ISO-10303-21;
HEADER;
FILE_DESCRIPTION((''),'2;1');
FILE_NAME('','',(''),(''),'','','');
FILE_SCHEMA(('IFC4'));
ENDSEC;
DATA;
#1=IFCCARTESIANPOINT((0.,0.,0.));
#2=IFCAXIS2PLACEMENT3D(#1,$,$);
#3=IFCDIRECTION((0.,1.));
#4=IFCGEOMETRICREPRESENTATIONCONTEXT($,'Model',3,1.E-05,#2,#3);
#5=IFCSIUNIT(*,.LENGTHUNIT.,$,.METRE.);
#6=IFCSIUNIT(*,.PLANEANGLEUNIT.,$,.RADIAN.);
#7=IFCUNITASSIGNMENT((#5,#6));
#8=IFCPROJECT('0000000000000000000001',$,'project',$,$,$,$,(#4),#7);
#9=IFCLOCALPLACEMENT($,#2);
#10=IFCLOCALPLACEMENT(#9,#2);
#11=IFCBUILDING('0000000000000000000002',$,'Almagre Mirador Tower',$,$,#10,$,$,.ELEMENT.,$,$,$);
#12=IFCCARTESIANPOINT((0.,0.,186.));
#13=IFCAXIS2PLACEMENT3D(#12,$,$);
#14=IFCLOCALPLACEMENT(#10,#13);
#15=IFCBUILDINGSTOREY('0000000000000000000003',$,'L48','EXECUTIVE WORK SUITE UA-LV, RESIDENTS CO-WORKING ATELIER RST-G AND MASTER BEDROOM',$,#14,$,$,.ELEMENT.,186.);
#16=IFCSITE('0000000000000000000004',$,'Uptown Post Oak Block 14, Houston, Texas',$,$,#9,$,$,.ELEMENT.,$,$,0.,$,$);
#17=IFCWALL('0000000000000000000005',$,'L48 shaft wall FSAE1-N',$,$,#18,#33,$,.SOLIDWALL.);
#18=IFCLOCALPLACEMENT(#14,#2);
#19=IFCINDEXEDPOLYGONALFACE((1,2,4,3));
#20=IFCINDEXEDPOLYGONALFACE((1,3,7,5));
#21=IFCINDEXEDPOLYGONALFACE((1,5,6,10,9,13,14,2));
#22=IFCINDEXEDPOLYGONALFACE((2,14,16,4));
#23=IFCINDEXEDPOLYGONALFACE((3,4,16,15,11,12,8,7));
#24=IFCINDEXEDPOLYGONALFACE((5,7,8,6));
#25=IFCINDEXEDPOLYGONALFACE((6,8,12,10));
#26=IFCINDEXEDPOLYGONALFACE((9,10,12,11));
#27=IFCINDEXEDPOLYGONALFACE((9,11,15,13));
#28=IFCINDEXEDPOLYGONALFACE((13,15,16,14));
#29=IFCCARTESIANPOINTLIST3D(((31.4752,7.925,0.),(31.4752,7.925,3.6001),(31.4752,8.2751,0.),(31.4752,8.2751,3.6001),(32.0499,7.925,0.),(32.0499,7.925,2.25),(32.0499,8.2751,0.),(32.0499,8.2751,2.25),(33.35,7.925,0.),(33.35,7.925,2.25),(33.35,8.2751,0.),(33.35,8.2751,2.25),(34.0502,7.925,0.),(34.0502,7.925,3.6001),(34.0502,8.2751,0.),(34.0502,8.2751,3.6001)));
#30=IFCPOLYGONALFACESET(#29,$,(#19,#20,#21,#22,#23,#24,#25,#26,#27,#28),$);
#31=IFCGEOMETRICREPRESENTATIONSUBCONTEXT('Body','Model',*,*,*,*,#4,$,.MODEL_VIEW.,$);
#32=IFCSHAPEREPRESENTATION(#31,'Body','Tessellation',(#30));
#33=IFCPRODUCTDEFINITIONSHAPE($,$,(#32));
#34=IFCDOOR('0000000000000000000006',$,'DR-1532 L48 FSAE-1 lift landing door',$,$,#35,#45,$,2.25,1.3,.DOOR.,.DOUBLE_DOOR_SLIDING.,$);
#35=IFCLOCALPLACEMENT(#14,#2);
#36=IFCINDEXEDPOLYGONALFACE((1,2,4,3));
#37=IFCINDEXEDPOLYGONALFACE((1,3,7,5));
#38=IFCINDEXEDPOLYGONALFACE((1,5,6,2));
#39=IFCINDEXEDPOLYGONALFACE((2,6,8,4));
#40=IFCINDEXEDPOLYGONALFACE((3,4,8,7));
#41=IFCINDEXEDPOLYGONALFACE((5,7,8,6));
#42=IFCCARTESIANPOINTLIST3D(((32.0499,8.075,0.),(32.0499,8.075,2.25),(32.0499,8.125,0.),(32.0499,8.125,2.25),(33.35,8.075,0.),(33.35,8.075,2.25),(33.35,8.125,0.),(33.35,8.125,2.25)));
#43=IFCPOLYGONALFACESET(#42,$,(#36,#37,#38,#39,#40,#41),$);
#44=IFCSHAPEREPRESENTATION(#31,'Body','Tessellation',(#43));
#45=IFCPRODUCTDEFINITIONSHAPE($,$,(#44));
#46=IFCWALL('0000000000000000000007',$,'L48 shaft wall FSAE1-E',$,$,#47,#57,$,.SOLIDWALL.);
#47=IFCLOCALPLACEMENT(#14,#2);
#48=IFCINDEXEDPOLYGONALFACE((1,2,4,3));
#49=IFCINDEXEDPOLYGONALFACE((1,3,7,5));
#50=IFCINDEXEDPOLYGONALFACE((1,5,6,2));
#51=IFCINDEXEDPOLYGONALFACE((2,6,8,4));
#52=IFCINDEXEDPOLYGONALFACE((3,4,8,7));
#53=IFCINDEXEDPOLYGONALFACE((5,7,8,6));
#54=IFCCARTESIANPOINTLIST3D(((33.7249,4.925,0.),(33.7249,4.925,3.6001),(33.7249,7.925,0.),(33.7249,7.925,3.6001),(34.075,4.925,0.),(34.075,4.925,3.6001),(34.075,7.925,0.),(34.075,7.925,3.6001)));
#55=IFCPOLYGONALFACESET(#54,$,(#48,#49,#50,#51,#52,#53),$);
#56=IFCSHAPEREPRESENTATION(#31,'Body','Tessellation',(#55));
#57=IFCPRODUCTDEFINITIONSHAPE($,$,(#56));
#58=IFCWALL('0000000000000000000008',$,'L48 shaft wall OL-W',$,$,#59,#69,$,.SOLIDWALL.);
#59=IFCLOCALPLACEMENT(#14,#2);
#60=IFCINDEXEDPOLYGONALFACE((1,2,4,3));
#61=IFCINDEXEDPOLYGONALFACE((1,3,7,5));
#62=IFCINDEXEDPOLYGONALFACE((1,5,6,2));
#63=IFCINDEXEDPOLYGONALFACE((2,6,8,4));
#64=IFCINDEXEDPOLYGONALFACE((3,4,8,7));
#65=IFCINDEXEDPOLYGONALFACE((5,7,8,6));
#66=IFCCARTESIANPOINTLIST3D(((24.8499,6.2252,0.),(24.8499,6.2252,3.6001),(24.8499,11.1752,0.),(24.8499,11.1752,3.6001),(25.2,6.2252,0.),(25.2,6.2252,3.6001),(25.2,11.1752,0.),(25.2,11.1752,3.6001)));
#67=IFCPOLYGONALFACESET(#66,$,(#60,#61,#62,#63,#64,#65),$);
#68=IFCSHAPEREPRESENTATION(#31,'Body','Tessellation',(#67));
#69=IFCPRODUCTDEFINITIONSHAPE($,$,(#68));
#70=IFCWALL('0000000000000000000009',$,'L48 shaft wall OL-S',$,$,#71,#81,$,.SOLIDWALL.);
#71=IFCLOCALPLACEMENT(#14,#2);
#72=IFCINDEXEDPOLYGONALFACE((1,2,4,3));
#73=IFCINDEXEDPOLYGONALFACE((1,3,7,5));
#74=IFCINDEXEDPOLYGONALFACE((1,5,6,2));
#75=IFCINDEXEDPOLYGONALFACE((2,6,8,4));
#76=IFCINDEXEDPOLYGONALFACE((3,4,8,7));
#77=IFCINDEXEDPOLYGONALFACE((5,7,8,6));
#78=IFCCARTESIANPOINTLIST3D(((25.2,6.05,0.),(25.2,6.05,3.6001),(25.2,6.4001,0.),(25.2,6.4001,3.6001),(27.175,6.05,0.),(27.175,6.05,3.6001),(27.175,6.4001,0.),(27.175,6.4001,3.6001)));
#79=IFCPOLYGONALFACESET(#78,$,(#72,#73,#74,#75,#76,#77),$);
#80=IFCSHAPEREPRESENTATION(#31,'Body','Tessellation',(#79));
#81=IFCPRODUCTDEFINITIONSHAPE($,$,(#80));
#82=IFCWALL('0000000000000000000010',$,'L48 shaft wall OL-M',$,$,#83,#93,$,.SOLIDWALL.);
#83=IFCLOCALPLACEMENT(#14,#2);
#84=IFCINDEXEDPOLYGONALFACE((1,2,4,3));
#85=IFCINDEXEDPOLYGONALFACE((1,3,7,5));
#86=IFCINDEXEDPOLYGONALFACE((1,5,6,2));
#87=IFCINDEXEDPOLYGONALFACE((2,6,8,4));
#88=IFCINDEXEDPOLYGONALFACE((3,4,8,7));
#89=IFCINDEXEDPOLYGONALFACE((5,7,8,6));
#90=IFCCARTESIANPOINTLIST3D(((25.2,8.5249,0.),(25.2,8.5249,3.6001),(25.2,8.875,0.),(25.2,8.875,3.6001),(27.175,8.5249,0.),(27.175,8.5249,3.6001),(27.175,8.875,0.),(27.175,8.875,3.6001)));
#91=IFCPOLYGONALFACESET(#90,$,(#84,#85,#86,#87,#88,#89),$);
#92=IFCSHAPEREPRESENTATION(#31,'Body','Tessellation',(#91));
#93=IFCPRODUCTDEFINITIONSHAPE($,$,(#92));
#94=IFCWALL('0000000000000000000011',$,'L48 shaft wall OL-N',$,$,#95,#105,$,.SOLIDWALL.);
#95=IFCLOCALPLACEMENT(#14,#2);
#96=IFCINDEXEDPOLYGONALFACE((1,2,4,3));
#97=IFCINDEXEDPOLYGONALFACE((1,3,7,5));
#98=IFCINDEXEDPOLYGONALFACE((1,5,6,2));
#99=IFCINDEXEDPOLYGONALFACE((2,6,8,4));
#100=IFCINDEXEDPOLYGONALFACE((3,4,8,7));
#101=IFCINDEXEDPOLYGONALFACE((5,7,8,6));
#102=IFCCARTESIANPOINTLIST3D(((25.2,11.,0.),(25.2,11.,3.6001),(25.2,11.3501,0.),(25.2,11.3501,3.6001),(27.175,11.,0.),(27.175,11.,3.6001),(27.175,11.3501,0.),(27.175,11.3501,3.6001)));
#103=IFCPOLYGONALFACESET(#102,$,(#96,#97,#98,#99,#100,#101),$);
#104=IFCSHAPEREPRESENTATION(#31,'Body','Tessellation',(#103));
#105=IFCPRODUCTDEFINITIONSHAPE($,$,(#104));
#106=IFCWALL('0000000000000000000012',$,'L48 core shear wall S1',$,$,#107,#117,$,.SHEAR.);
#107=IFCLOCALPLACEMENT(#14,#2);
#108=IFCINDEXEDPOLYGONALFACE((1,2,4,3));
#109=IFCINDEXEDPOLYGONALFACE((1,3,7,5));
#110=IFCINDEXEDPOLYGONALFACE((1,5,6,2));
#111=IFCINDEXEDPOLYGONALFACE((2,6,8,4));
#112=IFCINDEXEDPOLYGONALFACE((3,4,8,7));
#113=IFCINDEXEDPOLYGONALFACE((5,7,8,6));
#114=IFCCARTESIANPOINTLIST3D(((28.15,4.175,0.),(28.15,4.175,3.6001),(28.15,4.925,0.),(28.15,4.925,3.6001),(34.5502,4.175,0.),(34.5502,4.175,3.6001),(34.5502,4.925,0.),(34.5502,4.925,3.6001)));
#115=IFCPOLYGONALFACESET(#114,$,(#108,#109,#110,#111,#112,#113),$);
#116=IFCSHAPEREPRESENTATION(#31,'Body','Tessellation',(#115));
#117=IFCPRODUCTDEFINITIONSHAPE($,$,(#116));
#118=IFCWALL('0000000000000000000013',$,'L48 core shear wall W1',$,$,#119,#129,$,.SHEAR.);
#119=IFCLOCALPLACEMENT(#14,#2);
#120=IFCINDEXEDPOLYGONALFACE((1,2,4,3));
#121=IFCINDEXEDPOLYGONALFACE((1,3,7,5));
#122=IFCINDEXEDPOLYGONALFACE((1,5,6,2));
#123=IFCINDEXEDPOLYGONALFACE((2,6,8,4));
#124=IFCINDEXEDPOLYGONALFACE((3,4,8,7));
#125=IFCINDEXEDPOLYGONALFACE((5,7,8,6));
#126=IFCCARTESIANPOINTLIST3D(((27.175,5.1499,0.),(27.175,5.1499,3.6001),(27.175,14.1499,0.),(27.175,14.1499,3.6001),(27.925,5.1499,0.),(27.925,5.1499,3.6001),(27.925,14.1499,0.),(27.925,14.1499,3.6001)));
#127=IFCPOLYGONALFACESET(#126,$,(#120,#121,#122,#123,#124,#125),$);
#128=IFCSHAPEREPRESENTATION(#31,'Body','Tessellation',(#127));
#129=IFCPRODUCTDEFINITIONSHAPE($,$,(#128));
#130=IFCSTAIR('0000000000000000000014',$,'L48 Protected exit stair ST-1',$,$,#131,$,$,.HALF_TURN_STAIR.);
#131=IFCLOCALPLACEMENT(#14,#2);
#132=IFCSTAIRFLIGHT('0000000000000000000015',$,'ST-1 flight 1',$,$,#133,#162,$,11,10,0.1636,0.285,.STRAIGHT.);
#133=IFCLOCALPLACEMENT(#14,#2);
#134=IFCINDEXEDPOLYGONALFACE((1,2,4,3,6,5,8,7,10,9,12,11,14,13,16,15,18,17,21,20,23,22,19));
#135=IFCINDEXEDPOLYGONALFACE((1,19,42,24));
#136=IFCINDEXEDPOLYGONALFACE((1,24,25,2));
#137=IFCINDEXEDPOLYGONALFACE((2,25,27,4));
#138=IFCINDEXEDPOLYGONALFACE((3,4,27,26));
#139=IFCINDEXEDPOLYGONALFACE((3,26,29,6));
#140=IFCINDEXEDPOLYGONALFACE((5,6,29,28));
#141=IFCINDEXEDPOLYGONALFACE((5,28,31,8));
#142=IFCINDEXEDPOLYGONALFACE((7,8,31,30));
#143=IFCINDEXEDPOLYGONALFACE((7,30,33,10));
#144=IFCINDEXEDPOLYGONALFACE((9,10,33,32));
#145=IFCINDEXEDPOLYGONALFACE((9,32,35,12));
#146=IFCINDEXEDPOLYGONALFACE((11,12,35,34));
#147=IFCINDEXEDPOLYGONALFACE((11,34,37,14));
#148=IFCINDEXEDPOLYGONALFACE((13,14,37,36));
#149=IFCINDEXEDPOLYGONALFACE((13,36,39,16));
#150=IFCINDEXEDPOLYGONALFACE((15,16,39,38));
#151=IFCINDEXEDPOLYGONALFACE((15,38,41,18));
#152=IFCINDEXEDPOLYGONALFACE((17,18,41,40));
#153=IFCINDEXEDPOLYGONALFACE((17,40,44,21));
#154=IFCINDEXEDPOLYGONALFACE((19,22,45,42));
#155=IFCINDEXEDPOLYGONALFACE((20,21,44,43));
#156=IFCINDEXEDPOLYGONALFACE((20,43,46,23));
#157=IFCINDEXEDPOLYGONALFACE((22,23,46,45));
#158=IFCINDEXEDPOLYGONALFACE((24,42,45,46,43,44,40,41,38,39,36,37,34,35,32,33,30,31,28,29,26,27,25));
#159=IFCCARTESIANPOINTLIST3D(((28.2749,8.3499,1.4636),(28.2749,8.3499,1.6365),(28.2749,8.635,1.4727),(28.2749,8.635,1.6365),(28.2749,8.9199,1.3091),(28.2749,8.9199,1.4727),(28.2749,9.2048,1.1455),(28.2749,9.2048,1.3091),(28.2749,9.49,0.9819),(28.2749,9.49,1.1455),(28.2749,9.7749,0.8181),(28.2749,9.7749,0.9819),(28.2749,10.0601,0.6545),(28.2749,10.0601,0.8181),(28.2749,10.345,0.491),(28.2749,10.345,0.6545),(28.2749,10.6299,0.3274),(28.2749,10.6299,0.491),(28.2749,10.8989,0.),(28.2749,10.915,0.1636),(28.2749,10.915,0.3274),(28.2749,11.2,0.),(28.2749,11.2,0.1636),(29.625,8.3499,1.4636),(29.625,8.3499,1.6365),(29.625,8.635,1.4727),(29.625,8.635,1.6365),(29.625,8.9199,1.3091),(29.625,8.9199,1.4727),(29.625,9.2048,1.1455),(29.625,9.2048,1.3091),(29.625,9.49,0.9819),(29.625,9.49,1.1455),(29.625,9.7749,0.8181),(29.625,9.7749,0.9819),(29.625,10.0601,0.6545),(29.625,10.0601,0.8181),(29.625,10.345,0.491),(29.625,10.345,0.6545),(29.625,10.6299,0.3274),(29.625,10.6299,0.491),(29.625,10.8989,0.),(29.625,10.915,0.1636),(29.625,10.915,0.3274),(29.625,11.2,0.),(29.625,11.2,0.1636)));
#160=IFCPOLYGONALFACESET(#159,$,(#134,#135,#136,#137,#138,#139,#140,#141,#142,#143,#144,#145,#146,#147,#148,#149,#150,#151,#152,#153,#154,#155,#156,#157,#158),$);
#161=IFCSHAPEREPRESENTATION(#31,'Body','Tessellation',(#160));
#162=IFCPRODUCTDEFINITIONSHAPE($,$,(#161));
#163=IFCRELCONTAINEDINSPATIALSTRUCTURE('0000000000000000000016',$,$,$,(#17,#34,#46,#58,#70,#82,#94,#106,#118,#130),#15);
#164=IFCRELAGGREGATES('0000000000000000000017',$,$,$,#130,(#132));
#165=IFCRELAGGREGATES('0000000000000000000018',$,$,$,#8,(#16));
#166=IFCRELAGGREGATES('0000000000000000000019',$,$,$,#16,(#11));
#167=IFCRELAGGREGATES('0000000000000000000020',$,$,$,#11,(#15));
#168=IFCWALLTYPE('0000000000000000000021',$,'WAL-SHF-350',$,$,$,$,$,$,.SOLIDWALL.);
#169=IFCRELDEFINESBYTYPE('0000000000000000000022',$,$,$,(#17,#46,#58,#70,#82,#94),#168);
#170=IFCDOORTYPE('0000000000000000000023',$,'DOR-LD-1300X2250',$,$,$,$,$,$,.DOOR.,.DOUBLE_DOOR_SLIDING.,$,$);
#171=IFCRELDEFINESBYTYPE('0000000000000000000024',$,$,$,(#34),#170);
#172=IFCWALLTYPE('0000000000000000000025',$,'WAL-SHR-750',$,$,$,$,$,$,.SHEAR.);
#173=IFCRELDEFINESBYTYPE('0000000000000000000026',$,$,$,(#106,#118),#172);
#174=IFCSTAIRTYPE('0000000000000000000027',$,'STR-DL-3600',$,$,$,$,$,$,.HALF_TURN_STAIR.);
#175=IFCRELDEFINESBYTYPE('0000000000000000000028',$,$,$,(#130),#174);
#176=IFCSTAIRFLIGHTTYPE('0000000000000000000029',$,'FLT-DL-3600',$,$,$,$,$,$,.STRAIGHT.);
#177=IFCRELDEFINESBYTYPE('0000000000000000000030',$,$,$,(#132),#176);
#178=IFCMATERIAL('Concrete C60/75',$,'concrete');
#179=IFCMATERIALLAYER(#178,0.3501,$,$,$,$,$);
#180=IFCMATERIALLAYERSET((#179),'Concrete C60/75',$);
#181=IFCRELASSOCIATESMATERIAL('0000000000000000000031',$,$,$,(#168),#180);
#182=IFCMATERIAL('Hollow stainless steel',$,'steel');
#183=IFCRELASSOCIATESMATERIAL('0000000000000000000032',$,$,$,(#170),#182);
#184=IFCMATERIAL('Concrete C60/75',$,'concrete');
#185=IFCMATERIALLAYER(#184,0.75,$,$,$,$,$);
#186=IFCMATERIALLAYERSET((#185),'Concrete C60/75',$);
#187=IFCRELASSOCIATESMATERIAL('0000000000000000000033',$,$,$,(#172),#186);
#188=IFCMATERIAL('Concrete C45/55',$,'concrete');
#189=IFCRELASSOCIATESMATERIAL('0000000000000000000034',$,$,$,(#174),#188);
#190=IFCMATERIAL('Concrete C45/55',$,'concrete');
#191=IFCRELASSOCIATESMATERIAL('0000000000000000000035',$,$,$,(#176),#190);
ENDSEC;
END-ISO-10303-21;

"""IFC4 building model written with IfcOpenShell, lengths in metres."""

from ifc_helpers import new_model, si_unit, direction, frame, frame_2d, origin, place, context, subcontext, project, spatial, polyline, rectangle, outline, extrude, material, layer, layer_set, type_object, element, fill, aggregate, save


model = new_model("IFC4")

# Units and contexts
model_context = context("Model", 3, precision=1e-05, world=origin(), true_north=direction((0.0, 1.0)))
body_context = subcontext(model_context, "Body", "Model", "MODEL_VIEW")
ifc_project = project(units=[si_unit("LENGTHUNIT", "METRE"), si_unit("PLANEANGLEUNIT", "RADIAN")], contexts=[model_context])

# Site, building, storey
site_placement = place(None, origin())
site = spatial("IfcSite", under=ifc_project, at=site_placement, Name="Uptown Post Oak Block 14, Houston, Texas", CompositionType="ELEMENT", RefElevation=0.0)
building_placement = place(site_placement, origin())
building = spatial("IfcBuilding", under=site, at=building_placement, Name="Almagre Mirador Tower", CompositionType="ELEMENT")
storey_placement = place(building_placement, frame((0.0, 0.0, 186.0)))
storey = spatial("IfcBuildingStorey", under=building, at=storey_placement, Name="L48", Description="EXECUTIVE WORK SUITE UA-LV, RESIDENTS CO-WORKING ATELIER RST-G AND MASTER BEDROOM", CompositionType="ELEMENT", Elevation=186.0)

# Shared definitions
ifc_material_1 = material(Name="Concrete C60/75", Category="concrete")
ifc_layer_1 = layer(ifc_material_1, 0.3501)
ifc_layer_set_1 = layer_set([ifc_layer_1], Name="Concrete C60/75")
wall_type_1 = type_object("IfcWallType", Name="WAL-SHF-350", PredefinedType="SOLIDWALL", material=ifc_layer_set_1)

# Wall, opening, door
wall_1_placement = place(storey_placement, frame((31.4751, 8.1001, 0.0), z_axis=(0.0, 0.0, 1.0), x_axis=(1.0, 0.0, 0.0)))
wall_1 = element("IfcWall", 1, at=wall_1_placement, inside=storey, type_object=wall_type_1, Name="L48 shaft wall FSAE1-N", PredefinedType="SOLIDWALL", context=body_context, shape_type="SweptSolid", body=[
    extrude(rectangle(XDim=2.575, YDim=0.3501, at=frame_2d((1.2876, 0.0))), origin(), (0.0, 0.0, 1.0), 3.6001),
])
opening_1_placement = place(wall_1_placement, frame((0.575, 0.0, 0.0)))
opening_1 = element("IfcOpeningElement", 2, at=opening_1_placement, cuts=wall_1, PredefinedType="OPENING", context=body_context, shape_type="SweptSolid", body=[
    extrude(rectangle(XDim=1.3, YDim=2.25, at=frame_2d((0.6499, 1.125))), frame((0.0, 0.185, 0.0), z_axis=(0.0, -1.0, 0.0), x_axis=(1.0, 0.0, 0.0)), (0.0, 0.0, 1.0), 0.3701),
])
ifc_material_2 = material(Name="Hollow stainless steel", Category="steel")
door_type_1 = type_object("IfcDoorType", Name="DOR-LD-1300X2250", OperationType="DOUBLE_DOOR_SLIDING", PredefinedType="DOOR", material=ifc_material_2)
door_1_placement = place(opening_1_placement, origin())
door_1 = element("IfcDoor", 3, at=door_1_placement, inside=storey, type_object=door_type_1, Name="DR-1532 L48 FSAE-1 lift landing door", OperationType="DOUBLE_DOOR_SLIDING", OverallHeight=2.25, OverallWidth=1.3, PredefinedType="DOOR", context=body_context, shape_type="SweptSolid", body=[
    extrude(rectangle(XDim=1.3, YDim=2.25, at=frame_2d((0.6499, 1.125))), frame((0.0, 0.0249, 0.0), z_axis=(0.0, -1.0, 0.0), x_axis=(1.0, 0.0, 0.0)), (0.0, 0.0, 1.0), 0.05),
])
fill(opening_1, door_1)

# Walls
wall_2_placement = place(storey_placement, frame((33.8999, 4.925, 0.0), z_axis=(0.0, 0.0, 1.0), x_axis=(0.0, 1.0, 0.0)))
element("IfcWall", 4, at=wall_2_placement, inside=storey, type_object=wall_type_1, Name="L48 shaft wall FSAE1-E", PredefinedType="SOLIDWALL", context=body_context, shape_type="SweptSolid", body=[
    extrude(rectangle(XDim=3.0, YDim=0.3501, at=frame_2d((1.5, 0.0))), origin(), (0.0, 0.0, 1.0), 3.6001),
])
wall_3_placement = place(storey_placement, frame((25.0249, 6.2251, 0.0), z_axis=(0.0, 0.0, 1.0), x_axis=(0.0, 1.0, 0.0)))
element("IfcWall", 5, at=wall_3_placement, inside=storey, type_object=wall_type_1, Name="L48 shaft wall OL-W", PredefinedType="SOLIDWALL", context=body_context, shape_type="SweptSolid", body=[
    extrude(rectangle(XDim=4.95, YDim=0.3501, at=frame_2d((2.4751, 0.0))), origin(), (0.0, 0.0, 1.0), 3.6001),
])
for number, where, z_axis, x_axis, name in (
    (6, (25.2, 6.2251, 0.0), (0.0, 0.0, 1.0), (1.0, 0.0, 0.0), "L48 shaft wall OL-S"),
    (7, (25.2, 8.7, 0.0), (0.0, 0.0, 1.0), (1.0, 0.0, 0.0), "L48 shaft wall OL-M"),
    (8, (25.2, 11.175, 0.0), (0.0, 0.0, 1.0), (1.0, 0.0, 0.0), "L48 shaft wall OL-N"),
):
    element("IfcWall", number, at=place(storey_placement, frame(where, z_axis=z_axis, x_axis=x_axis)), inside=storey, type_object=wall_type_1, Name=name, PredefinedType="SOLIDWALL", context=body_context, shape_type="SweptSolid", body=[
        extrude(rectangle(XDim=1.9751, YDim=0.3501, at=frame_2d((0.9875, 0.0))), origin(), (0.0, 0.0, 1.0), 3.6001),
    ])
ifc_material_3 = material(Name="Concrete C60/75", Category="concrete")
ifc_layer_2 = layer(ifc_material_3, 0.75)
ifc_layer_set_2 = layer_set([ifc_layer_2], Name="Concrete C60/75")
wall_type_2 = type_object("IfcWallType", Name="WAL-SHR-750", PredefinedType="SHEAR", material=ifc_layer_set_2)
wall_4_placement = place(storey_placement, frame((28.1499, 4.55, 0.0), z_axis=(0.0, 0.0, 1.0), x_axis=(1.0, 0.0, 0.0)))
element("IfcWall", 9, at=wall_4_placement, inside=storey, type_object=wall_type_2, Name="L48 core shear wall S1", PredefinedType="SHEAR", context=body_context, shape_type="SweptSolid", body=[
    extrude(rectangle(XDim=6.4001, YDim=0.75, at=frame_2d((3.2002, 0.0))), origin(), (0.0, 0.0, 1.0), 3.6001),
])
wall_5_placement = place(storey_placement, frame((27.55, 5.1499, 0.0), z_axis=(0.0, 0.0, 1.0), x_axis=(0.0, 1.0, 0.0)))
element("IfcWall", 10, at=wall_5_placement, inside=storey, type_object=wall_type_2, Name="L48 core shear wall W1", PredefinedType="SHEAR", context=body_context, shape_type="SweptSolid", body=[
    extrude(rectangle(XDim=9.0, YDim=0.75, at=frame_2d((4.5, 0.0))), origin(), (0.0, 0.0, 1.0), 3.6001),
])

# Stair, stair flight
ifc_material_4 = material(Name="Concrete C45/55", Category="concrete")
stair_type = type_object("IfcStairType", Name="STR-DL-3600", PredefinedType="HALF_TURN_STAIR", material=ifc_material_4)
stair_placement = place(storey_placement, origin())
stair = element("IfcStair", 11, at=stair_placement, inside=storey, type_object=stair_type, Name="L48 Protected exit stair ST-1", PredefinedType="HALF_TURN_STAIR")
ifc_material_5 = material(Name="Concrete C45/55", Category="concrete")
stair_flight_type = type_object("IfcStairFlightType", Name="FLT-DL-3600", PredefinedType="STRAIGHT", material=ifc_material_5)
stair_flight_1_placement = place(storey_placement, frame((28.95, 11.2, 0.0), z_axis=(0.0, 0.0, 1.0), x_axis=(0.0, -1.0, 0.0)))
stair_flight_1 = element("IfcStairFlight", 12, at=stair_flight_1_placement, type_object=stair_flight_type, Name="ST-1 flight 1", NumberOfRisers=11, NumberOfTreads=10, PredefinedType="STRAIGHT", RiserHeight=0.1636, TreadLength=0.285, context=body_context, shape_type="SweptSolid", body=[
    extrude(outline(polyline([(0.0, 0.0), (0.0, 0.1636), (0.2849, 0.1636), (0.2849, 0.3274), (0.5701, 0.3274), (0.5701, 0.491), (0.855, 0.491), (0.855, 0.6545), (1.1399, 0.6545), (1.1399, 0.8181), (1.425, 0.8181), (1.425, 0.9819), (1.71, 0.9819), (1.71, 1.1455), (1.9951, 1.1455), (1.9951, 1.3091), (2.28, 1.3091), (2.28, 1.4727), (2.5649, 1.4727), (2.5649, 1.6365), (2.8501, 1.6365), (2.8501, 1.8), (2.8501, 1.4636), (0.301, 0.0), (0.0, 0.0)])), frame((0.0, 0.675, 0.0), z_axis=(0.0, -1.0, 0.0), x_axis=(1.0, 0.0, 0.0)), (0.0, 0.0, 1.0), 1.3501),
])
aggregate(stair, [stair_flight_1])

save(model, "model.ifc")
